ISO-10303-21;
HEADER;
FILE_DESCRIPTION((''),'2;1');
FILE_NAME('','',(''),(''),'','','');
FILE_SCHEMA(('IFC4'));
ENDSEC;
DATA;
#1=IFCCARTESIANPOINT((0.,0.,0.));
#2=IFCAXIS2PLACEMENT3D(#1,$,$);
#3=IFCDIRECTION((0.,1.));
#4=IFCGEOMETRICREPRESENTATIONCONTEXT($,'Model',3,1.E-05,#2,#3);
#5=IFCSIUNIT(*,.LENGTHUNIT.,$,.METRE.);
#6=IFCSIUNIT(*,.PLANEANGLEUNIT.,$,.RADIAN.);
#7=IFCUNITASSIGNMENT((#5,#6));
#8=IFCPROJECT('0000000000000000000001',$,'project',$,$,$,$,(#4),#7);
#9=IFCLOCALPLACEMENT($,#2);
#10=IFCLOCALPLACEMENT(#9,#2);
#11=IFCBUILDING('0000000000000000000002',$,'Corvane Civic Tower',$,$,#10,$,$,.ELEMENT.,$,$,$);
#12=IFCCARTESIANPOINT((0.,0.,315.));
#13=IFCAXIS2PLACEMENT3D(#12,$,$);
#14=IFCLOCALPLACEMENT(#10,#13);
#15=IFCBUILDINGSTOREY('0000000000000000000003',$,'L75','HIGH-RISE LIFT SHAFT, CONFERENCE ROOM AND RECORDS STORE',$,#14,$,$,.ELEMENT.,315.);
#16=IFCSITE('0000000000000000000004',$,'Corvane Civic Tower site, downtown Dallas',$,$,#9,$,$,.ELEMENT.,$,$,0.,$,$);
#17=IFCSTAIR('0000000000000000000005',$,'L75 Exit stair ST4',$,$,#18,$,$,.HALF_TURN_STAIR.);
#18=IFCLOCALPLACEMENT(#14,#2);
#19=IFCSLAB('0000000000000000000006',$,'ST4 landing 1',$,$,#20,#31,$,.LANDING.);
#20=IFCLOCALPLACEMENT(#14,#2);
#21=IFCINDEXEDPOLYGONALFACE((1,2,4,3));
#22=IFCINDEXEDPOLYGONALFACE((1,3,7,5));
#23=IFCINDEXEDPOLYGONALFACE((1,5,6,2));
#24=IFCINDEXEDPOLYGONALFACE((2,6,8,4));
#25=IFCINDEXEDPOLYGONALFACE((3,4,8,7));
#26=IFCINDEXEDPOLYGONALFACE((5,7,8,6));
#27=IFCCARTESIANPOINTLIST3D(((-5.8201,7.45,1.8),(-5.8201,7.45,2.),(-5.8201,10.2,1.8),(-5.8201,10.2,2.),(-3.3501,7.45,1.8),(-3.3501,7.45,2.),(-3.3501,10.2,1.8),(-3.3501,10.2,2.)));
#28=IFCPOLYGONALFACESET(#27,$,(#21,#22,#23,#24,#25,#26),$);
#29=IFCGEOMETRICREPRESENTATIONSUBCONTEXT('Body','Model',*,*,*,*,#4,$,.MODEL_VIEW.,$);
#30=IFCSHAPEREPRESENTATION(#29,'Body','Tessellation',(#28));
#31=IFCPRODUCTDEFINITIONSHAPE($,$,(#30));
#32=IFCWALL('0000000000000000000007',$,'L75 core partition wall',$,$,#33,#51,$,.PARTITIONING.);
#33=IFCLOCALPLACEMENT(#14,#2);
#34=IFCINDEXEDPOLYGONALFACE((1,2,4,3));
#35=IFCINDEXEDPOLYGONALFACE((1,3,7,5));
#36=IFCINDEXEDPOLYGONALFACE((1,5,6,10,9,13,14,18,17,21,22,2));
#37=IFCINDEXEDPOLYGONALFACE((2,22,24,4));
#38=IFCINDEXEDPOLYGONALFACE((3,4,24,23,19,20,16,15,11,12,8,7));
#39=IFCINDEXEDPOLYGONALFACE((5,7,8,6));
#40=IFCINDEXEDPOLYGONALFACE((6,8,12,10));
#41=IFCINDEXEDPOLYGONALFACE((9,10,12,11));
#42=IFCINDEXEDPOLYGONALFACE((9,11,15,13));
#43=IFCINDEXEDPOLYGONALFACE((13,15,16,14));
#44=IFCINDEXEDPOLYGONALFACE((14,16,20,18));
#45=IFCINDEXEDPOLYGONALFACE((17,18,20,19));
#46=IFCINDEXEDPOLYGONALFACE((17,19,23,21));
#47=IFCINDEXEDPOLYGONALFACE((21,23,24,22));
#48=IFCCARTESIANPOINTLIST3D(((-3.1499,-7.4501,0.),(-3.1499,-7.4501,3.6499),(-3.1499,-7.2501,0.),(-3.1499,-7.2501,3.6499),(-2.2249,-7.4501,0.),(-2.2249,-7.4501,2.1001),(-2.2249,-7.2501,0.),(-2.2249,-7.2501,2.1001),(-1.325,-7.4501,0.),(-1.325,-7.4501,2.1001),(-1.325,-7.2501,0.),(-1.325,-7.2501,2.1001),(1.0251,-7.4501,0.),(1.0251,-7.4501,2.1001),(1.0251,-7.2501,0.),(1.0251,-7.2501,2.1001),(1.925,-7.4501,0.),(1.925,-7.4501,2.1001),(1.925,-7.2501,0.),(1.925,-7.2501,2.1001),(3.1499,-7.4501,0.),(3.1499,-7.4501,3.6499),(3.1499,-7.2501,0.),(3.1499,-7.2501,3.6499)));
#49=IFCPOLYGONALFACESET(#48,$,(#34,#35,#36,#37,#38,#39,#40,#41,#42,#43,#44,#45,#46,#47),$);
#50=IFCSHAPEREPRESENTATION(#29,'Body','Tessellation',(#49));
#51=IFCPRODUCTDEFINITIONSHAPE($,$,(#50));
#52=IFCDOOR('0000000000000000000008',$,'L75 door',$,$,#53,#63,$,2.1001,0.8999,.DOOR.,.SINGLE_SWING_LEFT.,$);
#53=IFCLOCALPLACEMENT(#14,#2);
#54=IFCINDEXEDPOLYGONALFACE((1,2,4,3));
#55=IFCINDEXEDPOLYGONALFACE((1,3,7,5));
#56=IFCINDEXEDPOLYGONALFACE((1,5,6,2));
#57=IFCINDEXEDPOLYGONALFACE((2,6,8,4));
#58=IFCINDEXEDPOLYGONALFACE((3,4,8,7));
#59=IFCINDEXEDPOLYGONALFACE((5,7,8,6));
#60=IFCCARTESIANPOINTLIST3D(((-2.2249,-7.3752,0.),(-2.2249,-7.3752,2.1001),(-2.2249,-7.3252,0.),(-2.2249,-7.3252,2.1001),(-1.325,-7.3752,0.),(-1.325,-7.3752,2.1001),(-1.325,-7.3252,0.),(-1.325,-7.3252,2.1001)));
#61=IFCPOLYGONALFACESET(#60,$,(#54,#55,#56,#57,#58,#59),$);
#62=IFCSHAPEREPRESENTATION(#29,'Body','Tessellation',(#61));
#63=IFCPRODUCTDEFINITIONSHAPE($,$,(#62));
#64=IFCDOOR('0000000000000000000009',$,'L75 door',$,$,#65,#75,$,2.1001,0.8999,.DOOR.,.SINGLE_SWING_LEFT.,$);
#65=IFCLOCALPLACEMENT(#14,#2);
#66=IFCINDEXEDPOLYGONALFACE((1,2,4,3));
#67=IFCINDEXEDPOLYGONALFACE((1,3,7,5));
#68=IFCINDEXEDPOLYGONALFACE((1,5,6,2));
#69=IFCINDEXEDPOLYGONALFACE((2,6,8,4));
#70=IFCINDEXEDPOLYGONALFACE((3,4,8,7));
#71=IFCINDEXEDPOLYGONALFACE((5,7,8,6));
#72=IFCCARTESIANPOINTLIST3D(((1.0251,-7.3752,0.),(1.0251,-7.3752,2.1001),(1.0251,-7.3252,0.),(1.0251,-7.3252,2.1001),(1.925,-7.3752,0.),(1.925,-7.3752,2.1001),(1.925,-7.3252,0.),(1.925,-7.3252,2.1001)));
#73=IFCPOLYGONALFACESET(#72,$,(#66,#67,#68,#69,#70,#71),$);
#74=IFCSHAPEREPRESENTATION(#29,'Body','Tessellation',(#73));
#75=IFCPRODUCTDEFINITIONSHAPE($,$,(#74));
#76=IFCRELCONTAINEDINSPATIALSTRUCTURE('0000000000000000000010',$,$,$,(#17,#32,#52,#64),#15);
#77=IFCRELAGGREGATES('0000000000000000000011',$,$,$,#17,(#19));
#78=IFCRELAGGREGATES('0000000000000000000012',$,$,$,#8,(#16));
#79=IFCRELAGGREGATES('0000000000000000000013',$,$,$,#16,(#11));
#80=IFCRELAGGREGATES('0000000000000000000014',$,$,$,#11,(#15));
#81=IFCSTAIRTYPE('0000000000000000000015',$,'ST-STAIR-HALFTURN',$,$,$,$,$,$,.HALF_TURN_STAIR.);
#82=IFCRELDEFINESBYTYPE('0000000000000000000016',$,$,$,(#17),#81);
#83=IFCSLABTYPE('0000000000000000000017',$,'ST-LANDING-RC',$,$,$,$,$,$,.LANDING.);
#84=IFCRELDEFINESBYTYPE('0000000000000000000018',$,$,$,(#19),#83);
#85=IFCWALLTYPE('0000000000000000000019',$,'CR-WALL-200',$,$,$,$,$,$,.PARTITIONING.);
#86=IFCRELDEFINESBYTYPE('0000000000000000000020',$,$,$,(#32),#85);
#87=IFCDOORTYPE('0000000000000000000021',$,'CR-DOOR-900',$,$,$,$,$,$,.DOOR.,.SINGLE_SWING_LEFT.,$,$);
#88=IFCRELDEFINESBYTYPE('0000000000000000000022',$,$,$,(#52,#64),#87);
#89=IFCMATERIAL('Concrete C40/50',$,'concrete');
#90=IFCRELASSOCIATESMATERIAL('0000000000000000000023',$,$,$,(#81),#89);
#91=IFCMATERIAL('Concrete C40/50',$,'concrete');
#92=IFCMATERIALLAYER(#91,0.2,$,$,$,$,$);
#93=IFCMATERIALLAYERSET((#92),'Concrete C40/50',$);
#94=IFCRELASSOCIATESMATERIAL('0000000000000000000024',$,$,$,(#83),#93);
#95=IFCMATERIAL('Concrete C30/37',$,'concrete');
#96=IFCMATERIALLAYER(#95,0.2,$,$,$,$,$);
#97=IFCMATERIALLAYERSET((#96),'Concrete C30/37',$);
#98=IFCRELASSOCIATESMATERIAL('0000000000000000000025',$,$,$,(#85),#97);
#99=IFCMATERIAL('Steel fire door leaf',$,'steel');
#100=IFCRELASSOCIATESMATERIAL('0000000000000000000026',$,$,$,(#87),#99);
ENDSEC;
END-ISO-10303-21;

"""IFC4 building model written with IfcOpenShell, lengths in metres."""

from ifc_helpers import new_model, si_unit, direction, frame, frame_2d, origin, place, context, subcontext, project, spatial, polyline, rectangle, outline, extrude, material, layer, layer_set, type_object, element, fill, aggregate, save


model = new_model("IFC4")

# Units and contexts
model_context = context("Model", 3, precision=1e-05, world=origin(), true_north=direction((0.0, 1.0)))
body_context = subcontext(model_context, "Body", "Model", "MODEL_VIEW")
ifc_project = project(units=[si_unit("LENGTHUNIT", "METRE"), si_unit("PLANEANGLEUNIT", "RADIAN")], contexts=[model_context])

# Site, building, storey
site_placement = place(None, origin())
site = spatial("IfcSite", under=ifc_project, at=site_placement, Name="Corvane Civic Tower site, downtown Dallas", CompositionType="ELEMENT", RefElevation=0.0)
building_placement = place(site_placement, origin())
building = spatial("IfcBuilding", under=site, at=building_placement, Name="Corvane Civic Tower", CompositionType="ELEMENT")
storey_placement = place(building_placement, frame((0.0, 0.0, 315.0)))
storey = spatial("IfcBuildingStorey", under=building, at=storey_placement, Name="L75", Description="HIGH-RISE LIFT SHAFT, CONFERENCE ROOM AND RECORDS STORE", CompositionType="ELEMENT", Elevation=315.0)

# Stair, slab
ifc_material_1 = material(Name="Concrete C40/50", Category="concrete")
stair_type = type_object("IfcStairType", Name="ST-STAIR-HALFTURN", PredefinedType="HALF_TURN_STAIR", material=ifc_material_1)
ifc_material_2 = material(Name="Concrete C40/50", Category="concrete")
ifc_layer_1 = layer(ifc_material_2, 0.2)
ifc_layer_set_1 = layer_set([ifc_layer_1], Name="Concrete C40/50")
slab_type_1 = type_object("IfcSlabType", Name="ST-LANDING-RC", PredefinedType="LANDING", material=ifc_layer_set_1)
stair_1_placement = place(storey_placement, origin())
stair_1 = element("IfcStair", 1, at=stair_1_placement, inside=storey, type_object=stair_type, Name="L75 Exit stair ST4", PredefinedType="HALF_TURN_STAIR")
slab_1_placement = place(storey_placement, frame((0.0, 0.0, 1.8)))
slab_1 = element("IfcSlab", 2, at=slab_1_placement, type_object=slab_type_1, Name="ST4 landing 1", PredefinedType="LANDING", context=body_context, shape_type="SweptSolid", body=[
    extrude(outline(polyline([(-5.8201, 7.45), (-3.3501, 7.45), (-3.3501, 10.2), (-5.8201, 10.2), (-5.8201, 7.45)])), origin(), (0.0, 0.0, 1.0), 0.2),
])
aggregate(stair_1, [slab_1])

# Wall, openings, doors
ifc_material_3 = material(Name="Concrete C30/37", Category="concrete")
ifc_layer_2 = layer(ifc_material_3, 0.2)
ifc_layer_set_2 = layer_set([ifc_layer_2], Name="Concrete C30/37")
wall_type_1 = type_object("IfcWallType", Name="CR-WALL-200", PredefinedType="PARTITIONING", material=ifc_layer_set_2)
wall_1_placement = place(storey_placement, frame((-3.1499, -7.3501, 0.0), z_axis=(0.0, 0.0, 1.0), x_axis=(1.0, 0.0, 0.0)))
wall_1 = element("IfcWall", 3, at=wall_1_placement, inside=storey, type_object=wall_type_1, Name="L75 core partition wall", PredefinedType="PARTITIONING", context=body_context, shape_type="SweptSolid", body=[
    extrude(rectangle(XDim=6.2998, YDim=0.2, at=frame_2d((3.1499, 0.0))), origin(), (0.0, 0.0, 1.0), 3.6499),
])
opening_1_placement = place(wall_1_placement, frame((0.925, 0.0, 0.0)))
opening_1 = element("IfcOpeningElement", 4, at=opening_1_placement, cuts=wall_1, PredefinedType="OPENING", context=body_context, shape_type="SweptSolid", body=[
    extrude(rectangle(XDim=0.8999, YDim=2.1001, at=frame_2d((0.45, 1.05))), frame((0.0, 0.1099, 0.0), z_axis=(0.0, -1.0, 0.0), x_axis=(1.0, 0.0, 0.0)), (0.0, 0.0, 1.0), 0.22),
])
opening_2_placement = place(wall_1_placement, frame((4.175, 0.0, 0.0)))
opening_2 = element("IfcOpeningElement", 5, at=opening_2_placement, cuts=wall_1, PredefinedType="OPENING", context=body_context, shape_type="SweptSolid", body=[
    extrude(rectangle(XDim=0.8999, YDim=2.1001, at=frame_2d((0.45, 1.05))), frame((0.0, 0.1099, 0.0), z_axis=(0.0, -1.0, 0.0), x_axis=(1.0, 0.0, 0.0)), (0.0, 0.0, 1.0), 0.22),
])
ifc_material_4 = material(Name="Steel fire door leaf", Category="steel")
door_type_1 = type_object("IfcDoorType", Name="CR-DOOR-900", OperationType="SINGLE_SWING_LEFT", PredefinedType="DOOR", material=ifc_material_4)
door_1_placement = place(opening_1_placement, origin())
door_1 = element("IfcDoor", 6, at=door_1_placement, inside=storey, type_object=door_type_1, Name="L75 door", OperationType="SINGLE_SWING_LEFT", OverallHeight=2.1001, OverallWidth=0.8999, PredefinedType="DOOR", context=body_context, shape_type="SweptSolid", body=[
    extrude(rectangle(XDim=0.8999, YDim=2.1001, at=frame_2d((0.45, 1.05))), frame((0.0, 0.0249, 0.0), z_axis=(0.0, -1.0, 0.0), x_axis=(1.0, 0.0, 0.0)), (0.0, 0.0, 1.0), 0.05),
])
fill(opening_1, door_1)
door_2_placement = place(opening_2_placement, origin())
door_2 = element("IfcDoor", 7, at=door_2_placement, inside=storey, type_object=door_type_1, Name="L75 door", OperationType="SINGLE_SWING_LEFT", OverallHeight=2.1001, OverallWidth=0.8999, PredefinedType="DOOR", context=body_context, shape_type="SweptSolid", body=[
    extrude(rectangle(XDim=0.8999, YDim=2.1001, at=frame_2d((0.45, 1.05))), frame((0.0, 0.0249, 0.0), z_axis=(0.0, -1.0, 0.0), x_axis=(1.0, 0.0, 0.0)), (0.0, 0.0, 1.0), 0.05),
])
fill(opening_2, door_2)

save(model, "model.ifc")
